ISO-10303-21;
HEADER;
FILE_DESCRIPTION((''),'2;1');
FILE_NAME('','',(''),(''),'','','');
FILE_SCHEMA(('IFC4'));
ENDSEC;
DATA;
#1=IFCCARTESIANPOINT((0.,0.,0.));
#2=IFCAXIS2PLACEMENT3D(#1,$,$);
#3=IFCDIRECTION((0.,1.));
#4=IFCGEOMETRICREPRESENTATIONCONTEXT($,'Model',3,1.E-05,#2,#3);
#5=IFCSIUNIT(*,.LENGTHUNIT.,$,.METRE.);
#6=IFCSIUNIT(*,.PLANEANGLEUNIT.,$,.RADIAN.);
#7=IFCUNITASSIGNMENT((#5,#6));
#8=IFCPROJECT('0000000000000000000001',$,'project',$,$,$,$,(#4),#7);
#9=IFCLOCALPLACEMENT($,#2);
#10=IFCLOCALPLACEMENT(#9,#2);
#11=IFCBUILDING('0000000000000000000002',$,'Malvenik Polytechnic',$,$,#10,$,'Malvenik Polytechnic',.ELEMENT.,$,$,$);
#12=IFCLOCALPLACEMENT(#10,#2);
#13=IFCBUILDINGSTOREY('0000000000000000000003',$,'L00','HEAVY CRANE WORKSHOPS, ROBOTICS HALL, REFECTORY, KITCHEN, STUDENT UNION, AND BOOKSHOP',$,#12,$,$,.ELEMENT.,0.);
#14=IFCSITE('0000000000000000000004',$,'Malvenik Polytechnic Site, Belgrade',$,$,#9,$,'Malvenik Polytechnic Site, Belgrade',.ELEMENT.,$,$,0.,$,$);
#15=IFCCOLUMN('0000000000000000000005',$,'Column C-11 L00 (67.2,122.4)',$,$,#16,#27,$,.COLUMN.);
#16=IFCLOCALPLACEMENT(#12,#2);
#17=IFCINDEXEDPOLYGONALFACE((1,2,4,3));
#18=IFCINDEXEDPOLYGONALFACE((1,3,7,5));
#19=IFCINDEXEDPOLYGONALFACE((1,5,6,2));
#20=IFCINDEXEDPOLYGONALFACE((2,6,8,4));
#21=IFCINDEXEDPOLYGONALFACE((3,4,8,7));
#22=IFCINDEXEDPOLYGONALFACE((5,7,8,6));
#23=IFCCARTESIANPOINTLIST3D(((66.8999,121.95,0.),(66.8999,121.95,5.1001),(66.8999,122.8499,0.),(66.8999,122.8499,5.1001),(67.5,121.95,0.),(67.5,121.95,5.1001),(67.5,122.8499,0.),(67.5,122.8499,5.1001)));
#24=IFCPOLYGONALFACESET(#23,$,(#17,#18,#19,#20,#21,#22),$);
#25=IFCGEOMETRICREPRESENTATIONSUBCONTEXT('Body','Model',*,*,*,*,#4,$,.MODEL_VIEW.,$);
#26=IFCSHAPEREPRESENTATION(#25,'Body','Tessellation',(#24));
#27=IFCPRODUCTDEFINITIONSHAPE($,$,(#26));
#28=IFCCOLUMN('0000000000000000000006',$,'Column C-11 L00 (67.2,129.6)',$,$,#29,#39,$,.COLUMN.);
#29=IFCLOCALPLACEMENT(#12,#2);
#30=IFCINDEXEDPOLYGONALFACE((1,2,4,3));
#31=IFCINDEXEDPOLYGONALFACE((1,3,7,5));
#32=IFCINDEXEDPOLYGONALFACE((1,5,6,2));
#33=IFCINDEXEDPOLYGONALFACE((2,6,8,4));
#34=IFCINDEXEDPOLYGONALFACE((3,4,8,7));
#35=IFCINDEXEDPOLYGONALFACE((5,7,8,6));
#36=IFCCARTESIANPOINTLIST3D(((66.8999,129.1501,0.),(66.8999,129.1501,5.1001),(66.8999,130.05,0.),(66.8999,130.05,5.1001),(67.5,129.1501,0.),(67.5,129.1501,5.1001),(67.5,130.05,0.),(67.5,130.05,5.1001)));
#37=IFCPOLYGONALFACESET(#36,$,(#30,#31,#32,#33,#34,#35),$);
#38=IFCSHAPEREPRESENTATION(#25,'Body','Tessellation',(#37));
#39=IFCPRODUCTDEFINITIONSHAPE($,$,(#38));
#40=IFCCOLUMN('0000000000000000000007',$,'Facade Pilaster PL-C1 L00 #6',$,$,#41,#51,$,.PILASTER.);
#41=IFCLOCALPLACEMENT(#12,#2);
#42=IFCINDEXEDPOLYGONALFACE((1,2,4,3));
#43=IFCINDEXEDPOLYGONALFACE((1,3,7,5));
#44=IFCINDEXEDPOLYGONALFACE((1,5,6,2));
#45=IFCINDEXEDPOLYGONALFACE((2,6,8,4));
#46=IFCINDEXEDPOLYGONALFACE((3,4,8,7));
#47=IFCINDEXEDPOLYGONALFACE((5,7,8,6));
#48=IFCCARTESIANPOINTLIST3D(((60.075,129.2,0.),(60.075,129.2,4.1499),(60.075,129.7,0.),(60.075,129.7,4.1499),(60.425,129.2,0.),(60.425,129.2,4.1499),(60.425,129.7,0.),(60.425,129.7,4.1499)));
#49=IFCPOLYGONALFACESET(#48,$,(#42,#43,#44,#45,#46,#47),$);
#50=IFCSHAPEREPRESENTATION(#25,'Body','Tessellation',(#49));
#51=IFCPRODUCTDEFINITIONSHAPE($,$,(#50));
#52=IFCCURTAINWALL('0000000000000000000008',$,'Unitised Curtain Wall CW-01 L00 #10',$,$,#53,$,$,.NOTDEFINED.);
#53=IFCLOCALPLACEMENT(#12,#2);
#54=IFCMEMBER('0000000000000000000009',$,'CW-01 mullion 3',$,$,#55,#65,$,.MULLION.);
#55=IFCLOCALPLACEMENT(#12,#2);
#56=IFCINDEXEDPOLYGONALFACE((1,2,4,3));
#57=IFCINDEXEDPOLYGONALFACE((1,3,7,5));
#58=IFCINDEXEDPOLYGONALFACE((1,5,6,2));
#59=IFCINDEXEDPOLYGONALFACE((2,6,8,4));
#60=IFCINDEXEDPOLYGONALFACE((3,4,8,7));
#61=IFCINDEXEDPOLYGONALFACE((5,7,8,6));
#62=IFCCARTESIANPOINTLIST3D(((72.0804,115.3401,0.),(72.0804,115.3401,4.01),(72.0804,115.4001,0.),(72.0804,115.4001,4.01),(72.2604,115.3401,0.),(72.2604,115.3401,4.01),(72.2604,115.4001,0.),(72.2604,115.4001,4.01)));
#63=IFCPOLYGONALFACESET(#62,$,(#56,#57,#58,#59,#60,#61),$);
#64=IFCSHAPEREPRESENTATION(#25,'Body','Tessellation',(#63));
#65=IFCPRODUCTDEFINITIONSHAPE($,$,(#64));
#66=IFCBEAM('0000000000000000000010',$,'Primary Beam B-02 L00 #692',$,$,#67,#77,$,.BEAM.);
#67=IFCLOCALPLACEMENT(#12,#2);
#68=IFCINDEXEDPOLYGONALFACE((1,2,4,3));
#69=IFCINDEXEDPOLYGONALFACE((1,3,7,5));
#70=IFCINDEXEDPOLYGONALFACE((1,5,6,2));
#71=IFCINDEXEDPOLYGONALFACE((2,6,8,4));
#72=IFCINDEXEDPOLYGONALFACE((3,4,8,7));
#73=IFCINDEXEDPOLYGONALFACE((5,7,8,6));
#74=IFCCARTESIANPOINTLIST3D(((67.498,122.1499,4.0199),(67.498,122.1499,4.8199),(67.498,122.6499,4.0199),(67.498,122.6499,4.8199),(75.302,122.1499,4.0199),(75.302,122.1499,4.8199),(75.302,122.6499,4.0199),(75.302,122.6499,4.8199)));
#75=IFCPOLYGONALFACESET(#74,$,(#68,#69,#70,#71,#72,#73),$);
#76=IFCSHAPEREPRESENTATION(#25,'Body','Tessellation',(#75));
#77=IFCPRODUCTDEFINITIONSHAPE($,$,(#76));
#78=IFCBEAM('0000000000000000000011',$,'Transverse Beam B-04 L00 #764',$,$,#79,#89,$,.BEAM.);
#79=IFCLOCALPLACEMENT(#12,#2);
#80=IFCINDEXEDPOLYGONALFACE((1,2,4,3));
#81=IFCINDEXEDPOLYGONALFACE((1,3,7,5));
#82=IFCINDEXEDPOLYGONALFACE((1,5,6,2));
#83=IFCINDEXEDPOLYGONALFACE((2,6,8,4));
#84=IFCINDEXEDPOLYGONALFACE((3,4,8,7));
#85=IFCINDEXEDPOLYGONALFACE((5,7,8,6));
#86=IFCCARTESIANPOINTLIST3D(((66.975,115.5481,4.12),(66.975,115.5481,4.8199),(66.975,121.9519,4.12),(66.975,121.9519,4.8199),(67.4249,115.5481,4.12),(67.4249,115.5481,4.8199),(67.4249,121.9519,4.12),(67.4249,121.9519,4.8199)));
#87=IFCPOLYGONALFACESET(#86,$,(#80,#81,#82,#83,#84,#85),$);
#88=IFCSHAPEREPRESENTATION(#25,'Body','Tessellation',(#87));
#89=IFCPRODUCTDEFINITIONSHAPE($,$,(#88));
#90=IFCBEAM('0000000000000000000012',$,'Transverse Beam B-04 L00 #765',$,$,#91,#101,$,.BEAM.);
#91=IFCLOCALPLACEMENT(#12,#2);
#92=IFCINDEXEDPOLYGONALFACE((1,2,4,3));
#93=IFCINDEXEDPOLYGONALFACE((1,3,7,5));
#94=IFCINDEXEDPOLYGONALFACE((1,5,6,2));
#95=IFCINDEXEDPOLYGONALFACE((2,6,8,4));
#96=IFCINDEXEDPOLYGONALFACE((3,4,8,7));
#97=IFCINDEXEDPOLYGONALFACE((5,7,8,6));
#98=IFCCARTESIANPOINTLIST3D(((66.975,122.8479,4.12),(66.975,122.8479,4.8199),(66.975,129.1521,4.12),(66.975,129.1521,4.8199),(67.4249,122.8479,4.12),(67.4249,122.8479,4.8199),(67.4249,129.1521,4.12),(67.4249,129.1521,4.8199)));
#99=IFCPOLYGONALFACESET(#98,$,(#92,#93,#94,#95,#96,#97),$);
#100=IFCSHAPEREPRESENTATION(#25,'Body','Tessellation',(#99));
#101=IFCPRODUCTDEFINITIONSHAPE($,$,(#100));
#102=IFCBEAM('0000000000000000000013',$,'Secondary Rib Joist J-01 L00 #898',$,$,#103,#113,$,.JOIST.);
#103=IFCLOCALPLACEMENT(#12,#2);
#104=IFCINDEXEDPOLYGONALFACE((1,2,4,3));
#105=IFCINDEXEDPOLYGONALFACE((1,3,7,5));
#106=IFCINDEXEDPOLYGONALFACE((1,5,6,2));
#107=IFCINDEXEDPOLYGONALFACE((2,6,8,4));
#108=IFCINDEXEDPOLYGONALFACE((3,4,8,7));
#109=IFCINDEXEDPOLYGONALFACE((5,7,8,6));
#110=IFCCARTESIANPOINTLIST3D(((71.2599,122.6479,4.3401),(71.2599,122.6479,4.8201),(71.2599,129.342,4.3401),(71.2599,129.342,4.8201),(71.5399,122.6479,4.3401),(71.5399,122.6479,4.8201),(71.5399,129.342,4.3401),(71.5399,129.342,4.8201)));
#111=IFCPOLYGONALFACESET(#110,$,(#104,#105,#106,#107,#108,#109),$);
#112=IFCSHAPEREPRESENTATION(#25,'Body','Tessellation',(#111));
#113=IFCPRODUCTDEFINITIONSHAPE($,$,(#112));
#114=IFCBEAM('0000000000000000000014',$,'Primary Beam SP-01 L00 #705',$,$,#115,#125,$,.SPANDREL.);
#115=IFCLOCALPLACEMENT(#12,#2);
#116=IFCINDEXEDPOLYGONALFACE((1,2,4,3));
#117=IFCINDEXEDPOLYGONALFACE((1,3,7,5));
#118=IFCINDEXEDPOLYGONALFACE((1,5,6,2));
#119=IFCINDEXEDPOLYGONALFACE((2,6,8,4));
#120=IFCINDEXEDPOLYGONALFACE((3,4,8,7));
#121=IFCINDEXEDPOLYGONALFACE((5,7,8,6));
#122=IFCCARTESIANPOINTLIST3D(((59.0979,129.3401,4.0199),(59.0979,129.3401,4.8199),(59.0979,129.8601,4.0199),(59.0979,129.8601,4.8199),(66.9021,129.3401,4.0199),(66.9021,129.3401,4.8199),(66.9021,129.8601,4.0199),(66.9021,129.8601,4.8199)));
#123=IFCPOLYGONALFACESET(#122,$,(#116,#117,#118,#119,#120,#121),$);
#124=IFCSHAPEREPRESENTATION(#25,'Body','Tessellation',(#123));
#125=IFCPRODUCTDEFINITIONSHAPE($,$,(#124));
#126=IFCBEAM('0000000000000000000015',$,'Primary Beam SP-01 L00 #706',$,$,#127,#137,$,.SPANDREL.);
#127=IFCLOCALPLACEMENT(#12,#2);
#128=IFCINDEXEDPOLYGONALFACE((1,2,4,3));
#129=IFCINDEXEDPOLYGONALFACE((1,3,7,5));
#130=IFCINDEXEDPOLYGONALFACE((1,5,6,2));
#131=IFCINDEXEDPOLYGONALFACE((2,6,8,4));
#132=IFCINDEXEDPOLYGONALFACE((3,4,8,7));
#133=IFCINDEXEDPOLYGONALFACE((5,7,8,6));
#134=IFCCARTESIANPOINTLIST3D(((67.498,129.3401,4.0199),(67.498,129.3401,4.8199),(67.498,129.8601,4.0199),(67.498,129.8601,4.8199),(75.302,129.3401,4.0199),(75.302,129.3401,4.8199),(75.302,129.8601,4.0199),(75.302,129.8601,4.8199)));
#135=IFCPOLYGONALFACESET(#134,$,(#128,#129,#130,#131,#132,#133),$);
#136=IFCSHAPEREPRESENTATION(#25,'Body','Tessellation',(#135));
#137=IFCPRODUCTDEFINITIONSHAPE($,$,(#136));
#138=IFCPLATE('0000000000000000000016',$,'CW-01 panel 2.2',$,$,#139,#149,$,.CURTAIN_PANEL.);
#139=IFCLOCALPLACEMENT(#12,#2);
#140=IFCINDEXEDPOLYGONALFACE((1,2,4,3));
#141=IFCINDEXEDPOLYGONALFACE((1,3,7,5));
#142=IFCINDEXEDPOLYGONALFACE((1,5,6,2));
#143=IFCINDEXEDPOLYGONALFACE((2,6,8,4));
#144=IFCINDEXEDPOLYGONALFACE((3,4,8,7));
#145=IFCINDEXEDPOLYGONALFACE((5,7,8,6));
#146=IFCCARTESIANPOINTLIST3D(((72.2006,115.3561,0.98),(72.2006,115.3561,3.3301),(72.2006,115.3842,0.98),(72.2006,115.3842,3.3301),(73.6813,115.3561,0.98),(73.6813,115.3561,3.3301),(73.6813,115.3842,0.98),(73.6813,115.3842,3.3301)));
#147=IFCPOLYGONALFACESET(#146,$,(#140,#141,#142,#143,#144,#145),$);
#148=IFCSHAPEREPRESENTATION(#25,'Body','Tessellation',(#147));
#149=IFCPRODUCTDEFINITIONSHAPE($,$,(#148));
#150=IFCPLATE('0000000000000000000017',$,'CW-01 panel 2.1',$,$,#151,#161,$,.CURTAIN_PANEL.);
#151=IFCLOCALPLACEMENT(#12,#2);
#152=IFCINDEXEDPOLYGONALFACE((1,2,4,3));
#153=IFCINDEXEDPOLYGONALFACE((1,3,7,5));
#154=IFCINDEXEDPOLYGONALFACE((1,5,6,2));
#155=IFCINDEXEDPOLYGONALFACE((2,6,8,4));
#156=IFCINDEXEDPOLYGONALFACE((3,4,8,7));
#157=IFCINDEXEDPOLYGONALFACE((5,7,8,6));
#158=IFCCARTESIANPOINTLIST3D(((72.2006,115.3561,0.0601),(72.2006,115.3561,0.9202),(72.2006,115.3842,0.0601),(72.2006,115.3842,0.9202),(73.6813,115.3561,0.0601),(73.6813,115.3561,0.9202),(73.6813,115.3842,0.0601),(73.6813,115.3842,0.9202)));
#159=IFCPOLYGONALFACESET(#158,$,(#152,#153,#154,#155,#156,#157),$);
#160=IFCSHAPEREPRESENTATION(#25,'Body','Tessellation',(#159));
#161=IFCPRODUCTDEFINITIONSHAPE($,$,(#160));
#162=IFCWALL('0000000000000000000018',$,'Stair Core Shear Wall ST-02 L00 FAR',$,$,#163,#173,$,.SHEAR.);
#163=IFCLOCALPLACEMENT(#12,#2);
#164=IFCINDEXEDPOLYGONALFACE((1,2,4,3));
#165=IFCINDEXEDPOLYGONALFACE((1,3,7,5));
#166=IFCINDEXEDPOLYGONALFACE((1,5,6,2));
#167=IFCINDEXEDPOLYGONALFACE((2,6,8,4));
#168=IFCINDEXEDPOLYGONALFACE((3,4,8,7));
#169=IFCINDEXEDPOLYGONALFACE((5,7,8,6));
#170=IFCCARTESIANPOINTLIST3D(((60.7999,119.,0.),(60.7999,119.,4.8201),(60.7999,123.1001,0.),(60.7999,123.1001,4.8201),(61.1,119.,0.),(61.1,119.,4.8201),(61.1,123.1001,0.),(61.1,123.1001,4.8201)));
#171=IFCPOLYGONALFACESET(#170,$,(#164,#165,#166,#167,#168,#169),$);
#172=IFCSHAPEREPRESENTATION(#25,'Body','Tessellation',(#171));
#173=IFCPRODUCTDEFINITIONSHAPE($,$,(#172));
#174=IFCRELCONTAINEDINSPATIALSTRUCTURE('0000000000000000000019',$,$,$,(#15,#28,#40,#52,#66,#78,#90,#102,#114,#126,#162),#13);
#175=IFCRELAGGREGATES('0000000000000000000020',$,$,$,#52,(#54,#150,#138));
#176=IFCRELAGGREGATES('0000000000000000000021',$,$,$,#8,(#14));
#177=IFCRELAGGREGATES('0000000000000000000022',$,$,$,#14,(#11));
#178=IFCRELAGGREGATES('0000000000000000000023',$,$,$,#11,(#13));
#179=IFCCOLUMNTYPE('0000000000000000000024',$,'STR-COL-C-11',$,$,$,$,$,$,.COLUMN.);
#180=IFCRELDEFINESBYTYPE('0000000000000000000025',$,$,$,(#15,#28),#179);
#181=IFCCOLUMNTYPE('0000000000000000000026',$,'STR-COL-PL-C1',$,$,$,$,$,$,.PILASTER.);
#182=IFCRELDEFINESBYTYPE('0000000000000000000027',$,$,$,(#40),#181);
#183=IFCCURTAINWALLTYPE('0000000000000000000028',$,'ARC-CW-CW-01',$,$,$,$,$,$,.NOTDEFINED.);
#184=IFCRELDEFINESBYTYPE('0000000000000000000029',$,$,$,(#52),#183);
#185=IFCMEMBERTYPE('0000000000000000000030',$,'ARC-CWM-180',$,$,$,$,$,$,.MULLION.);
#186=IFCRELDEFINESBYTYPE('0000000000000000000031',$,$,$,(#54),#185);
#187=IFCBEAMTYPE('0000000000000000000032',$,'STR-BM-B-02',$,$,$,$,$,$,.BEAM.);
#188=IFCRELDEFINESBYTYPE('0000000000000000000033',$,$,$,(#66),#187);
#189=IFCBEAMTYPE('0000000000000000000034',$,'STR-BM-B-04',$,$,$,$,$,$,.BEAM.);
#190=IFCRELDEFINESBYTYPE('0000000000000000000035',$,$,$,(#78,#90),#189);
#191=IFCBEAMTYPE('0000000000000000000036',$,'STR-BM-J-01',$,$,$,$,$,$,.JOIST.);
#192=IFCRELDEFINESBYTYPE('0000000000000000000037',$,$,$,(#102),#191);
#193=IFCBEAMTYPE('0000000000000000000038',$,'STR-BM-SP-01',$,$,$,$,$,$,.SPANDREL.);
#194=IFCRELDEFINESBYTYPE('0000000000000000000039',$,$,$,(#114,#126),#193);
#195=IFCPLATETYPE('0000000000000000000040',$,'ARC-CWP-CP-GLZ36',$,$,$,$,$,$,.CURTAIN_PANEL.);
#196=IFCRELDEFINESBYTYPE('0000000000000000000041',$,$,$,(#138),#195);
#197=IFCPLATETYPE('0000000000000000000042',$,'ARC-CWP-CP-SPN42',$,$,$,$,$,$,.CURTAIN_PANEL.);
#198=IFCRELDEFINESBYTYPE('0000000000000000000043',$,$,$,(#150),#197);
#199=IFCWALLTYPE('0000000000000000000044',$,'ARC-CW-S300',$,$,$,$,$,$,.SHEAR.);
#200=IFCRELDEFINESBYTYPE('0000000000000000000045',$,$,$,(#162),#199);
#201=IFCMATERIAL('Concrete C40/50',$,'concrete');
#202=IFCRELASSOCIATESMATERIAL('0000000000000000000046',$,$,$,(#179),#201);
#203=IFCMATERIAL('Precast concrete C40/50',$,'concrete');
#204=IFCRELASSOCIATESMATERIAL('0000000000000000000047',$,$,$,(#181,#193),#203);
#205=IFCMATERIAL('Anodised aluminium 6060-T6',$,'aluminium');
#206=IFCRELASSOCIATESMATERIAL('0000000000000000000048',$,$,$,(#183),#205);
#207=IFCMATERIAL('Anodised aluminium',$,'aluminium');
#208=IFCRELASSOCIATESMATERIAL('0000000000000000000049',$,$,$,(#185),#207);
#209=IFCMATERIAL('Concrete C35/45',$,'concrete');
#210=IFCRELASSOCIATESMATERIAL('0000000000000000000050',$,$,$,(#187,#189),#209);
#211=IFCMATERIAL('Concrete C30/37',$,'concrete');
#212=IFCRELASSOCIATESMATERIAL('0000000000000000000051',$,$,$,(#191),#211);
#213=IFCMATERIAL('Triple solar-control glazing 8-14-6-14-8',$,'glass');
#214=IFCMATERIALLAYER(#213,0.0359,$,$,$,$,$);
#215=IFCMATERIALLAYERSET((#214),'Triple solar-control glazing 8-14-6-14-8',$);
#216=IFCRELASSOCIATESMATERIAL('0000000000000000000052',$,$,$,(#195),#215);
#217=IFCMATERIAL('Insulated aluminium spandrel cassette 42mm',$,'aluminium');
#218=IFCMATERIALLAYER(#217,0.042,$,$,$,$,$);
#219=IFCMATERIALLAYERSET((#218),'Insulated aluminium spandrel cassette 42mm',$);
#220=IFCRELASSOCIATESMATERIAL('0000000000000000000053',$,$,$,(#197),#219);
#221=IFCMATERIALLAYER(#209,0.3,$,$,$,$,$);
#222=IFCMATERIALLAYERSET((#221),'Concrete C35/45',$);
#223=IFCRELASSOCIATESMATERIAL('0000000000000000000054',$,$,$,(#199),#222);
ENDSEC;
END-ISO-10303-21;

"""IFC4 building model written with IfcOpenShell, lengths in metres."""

from ifc_helpers import new_model, si_unit, direction, frame, frame_2d, origin, origin_2d, place, context, subcontext, project, spatial, rectangle, extrude, material, layer, layer_set, material_profile, profile_set, type_object, element, aggregate, save


model = new_model("IFC4")

# Units and contexts
model_context = context("Model", 3, precision=1e-05, world=origin(), true_north=direction((0.0, 1.0)))
body_context = subcontext(model_context, "Body", "Model", "MODEL_VIEW")
ifc_project = project(units=[si_unit("LENGTHUNIT", "METRE"), si_unit("PLANEANGLEUNIT", "RADIAN")], contexts=[model_context])

# Site, building, storey
site_placement = place(None, origin())
site = spatial("IfcSite", under=ifc_project, at=site_placement, Name="Malvenik Polytechnic Site, Belgrade", LongName="Malvenik Polytechnic Site, Belgrade", CompositionType="ELEMENT", RefElevation=0.0)
building_placement = place(site_placement, origin())
building = spatial("IfcBuilding", under=site, at=building_placement, Name="Malvenik Polytechnic", LongName="Malvenik Polytechnic", CompositionType="ELEMENT")
storey_placement = place(building_placement, origin())
storey = spatial("IfcBuildingStorey", under=building, at=storey_placement, Name="L00", Description="HEAVY CRANE WORKSHOPS, ROBOTICS HALL, REFECTORY, KITCHEN, STUDENT UNION, AND BOOKSHOP", CompositionType="ELEMENT", Elevation=0.0)

# Columns
ifc_material_1 = material(Name="Concrete C40/50", Category="concrete")
ifc_material_profile_1 = material_profile(ifc_material_1, rectangle(XDim=0.6001, YDim=0.8999, at=origin_2d()), Name="RC COL 900x600")
ifc_profile_set_1 = profile_set([ifc_material_profile_1], Name="Concrete C40/50")
column_type_1 = type_object("IfcColumnType", Name="STR-COL-C-11", PredefinedType="COLUMN", material=ifc_profile_set_1)
for number, where, z_axis, x_axis, name in (
    (1, (67.2, 122.3999, 0.0), (0.0, 0.0, 1.0), (1.0, 0.0, 0.0), "Column C-11 L00 (67.2,122.4)"),
    (2, (67.2, 129.6001, 0.0), (0.0, 0.0, 1.0), (1.0, 0.0, 0.0), "Column C-11 L00 (67.2,129.6)"),
):
    element("IfcColumn", number, at=place(storey_placement, frame(where, z_axis=z_axis, x_axis=x_axis)), inside=storey, type_object=column_type_1, Name=name, PredefinedType="COLUMN", context=body_context, shape_type="SweptSolid", body=[
        extrude(rectangle(XDim=0.6001, YDim=0.8999, at=origin_2d()), origin(), (0.0, 0.0, 1.0), 5.1001),
    ])
ifc_material_2 = material(Name="Precast concrete C40/50", Category="concrete")
ifc_material_profile_2 = material_profile(ifc_material_2, rectangle(XDim=0.3501, YDim=0.5, at=origin_2d()), Name="RC PIL 500x350")
ifc_profile_set_2 = profile_set([ifc_material_profile_2], Name="Precast concrete C40/50")
column_type_2 = type_object("IfcColumnType", Name="STR-COL-PL-C1", PredefinedType="PILASTER", material=ifc_profile_set_2)
column_placement = place(storey_placement, frame((60.25, 129.45, 0.0), z_axis=(0.0, 0.0, 1.0), x_axis=(1.0, 0.0, 0.0)))
element("IfcColumn", 3, at=column_placement, inside=storey, type_object=column_type_2, Name="Facade Pilaster PL-C1 L00 #6", PredefinedType="PILASTER", context=body_context, shape_type="SweptSolid", body=[
    extrude(rectangle(XDim=0.3501, YDim=0.5, at=origin_2d()), origin(), (0.0, 0.0, 1.0), 4.1499),
])

# Curtain wall, member
ifc_material_3 = material(Name="Anodised aluminium 6060-T6", Category="aluminium")
curtain_wall_type = type_object("IfcCurtainWallType", Name="ARC-CW-CW-01", PredefinedType="NOTDEFINED", material=ifc_material_3)
curtain_wall_placement = place(storey_placement, origin())
curtain_wall = element("IfcCurtainWall", 4, at=curtain_wall_placement, inside=storey, type_object=curtain_wall_type, Name="Unitised Curtain Wall CW-01 L00 #10", PredefinedType="NOTDEFINED")
ifc_material_4 = material(Name="Anodised aluminium", Category="aluminium")
ifc_material_profile_3 = material_profile(ifc_material_4, rectangle(XDim=0.0601, YDim=0.1799, at=origin_2d()), Name="ALU MULLION 60x180")
ifc_profile_set_3 = profile_set([ifc_material_profile_3], Name="Anodised aluminium")
member_type = type_object("IfcMemberType", Name="ARC-CWM-180", PredefinedType="MULLION", material=ifc_profile_set_3)
member_placement = place(storey_placement, frame((72.1704, 115.3701, 0.0), z_axis=(0.0, 0.0, 1.0), x_axis=(0.0, -1.0, 0.0)))
member = element("IfcMember", 5, at=member_placement, type_object=member_type, Name="CW-01 mullion 3", PredefinedType="MULLION", context=body_context, shape_type="SweptSolid", body=[
    extrude(rectangle(XDim=0.0601, YDim=0.1799, at=origin_2d()), origin(), (0.0, 0.0, 1.0), 4.01),
])

# Beams
ifc_material_5 = material(Name="Concrete C35/45", Category="concrete")
ifc_material_profile_4 = material_profile(ifc_material_5, rectangle(XDim=0.5, YDim=0.8, at=origin_2d()), Name="RC BM 500x800")
ifc_profile_set_4 = profile_set([ifc_material_profile_4], Name="Concrete C35/45")
beam_type_1 = type_object("IfcBeamType", Name="STR-BM-B-02", PredefinedType="BEAM", material=ifc_profile_set_4)
beam_1_placement = place(storey_placement, frame((67.498, 122.3999, 4.4199), z_axis=(1.0, 0.0, 0.0), x_axis=(0.0, 1.0, 0.0)))
element("IfcBeam", 6, at=beam_1_placement, inside=storey, type_object=beam_type_1, Name="Primary Beam B-02 L00 #692", PredefinedType="BEAM", context=body_context, shape_type="SweptSolid", body=[
    extrude(rectangle(XDim=0.5, YDim=0.8, at=origin_2d()), origin(), (0.0, 0.0, 1.0), 7.804),
])
ifc_material_profile_5 = material_profile(ifc_material_5, rectangle(XDim=0.45, YDim=0.7, at=origin_2d()), Name="RC BM 450x700")
ifc_profile_set_5 = profile_set([ifc_material_profile_5], Name="Concrete C35/45")
beam_type_2 = type_object("IfcBeamType", Name="STR-BM-B-04", PredefinedType="BEAM", material=ifc_profile_set_5)
beam_2_placement = place(storey_placement, frame((67.2, 115.5481, 4.47), z_axis=(0.0, 1.0, 0.0), x_axis=(-1.0, 0.0, 0.0)))
element("IfcBeam", 7, at=beam_2_placement, inside=storey, type_object=beam_type_2, Name="Transverse Beam B-04 L00 #764", PredefinedType="BEAM", context=body_context, shape_type="SweptSolid", body=[
    extrude(rectangle(XDim=0.45, YDim=0.7, at=origin_2d()), origin(), (0.0, 0.0, 1.0), 6.4038),
])
beam_3_placement = place(storey_placement, frame((67.2, 122.8479, 4.47), z_axis=(0.0, 1.0, 0.0), x_axis=(-1.0, 0.0, 0.0)))
element("IfcBeam", 8, at=beam_3_placement, inside=storey, type_object=beam_type_2, Name="Transverse Beam B-04 L00 #765", PredefinedType="BEAM", context=body_context, shape_type="SweptSolid", body=[
    extrude(rectangle(XDim=0.45, YDim=0.7, at=origin_2d()), origin(), (0.0, 0.0, 1.0), 6.3042),
])
ifc_material_6 = material(Name="Concrete C30/37", Category="concrete")
ifc_material_profile_6 = material_profile(ifc_material_6, rectangle(XDim=0.28, YDim=0.48, at=origin_2d()), Name="RC JST 280x480")
ifc_profile_set_6 = profile_set([ifc_material_profile_6], Name="Concrete C30/37")
beam_type_3 = type_object("IfcBeamType", Name="STR-BM-J-01", PredefinedType="JOIST", material=ifc_profile_set_6)
beam_4_placement = place(storey_placement, frame((71.3999, 122.6479, 4.5801), z_axis=(0.0, 1.0, 0.0), x_axis=(-1.0, 0.0, 0.0)))
element("IfcBeam", 9, at=beam_4_placement, inside=storey, type_object=beam_type_3, Name="Secondary Rib Joist J-01 L00 #898", PredefinedType="JOIST", context=body_context, shape_type="SweptSolid", body=[
    extrude(rectangle(XDim=0.28, YDim=0.48, at=origin_2d()), origin(), (0.0, 0.0, 1.0), 6.6941),
])
ifc_material_profile_7 = material_profile(ifc_material_2, rectangle(XDim=0.52, YDim=0.8, at=origin_2d()), Name="PC SPN 520x800")
ifc_profile_set_7 = profile_set([ifc_material_profile_7], Name="Precast concrete C40/50")
beam_type_4 = type_object("IfcBeamType", Name="STR-BM-SP-01", PredefinedType="SPANDREL", material=ifc_profile_set_7)
beam_5_placement = place(storey_placement, frame((59.0979, 129.6001, 4.4199), z_axis=(1.0, 0.0, 0.0), x_axis=(0.0, 1.0, 0.0)))
element("IfcBeam", 10, at=beam_5_placement, inside=storey, type_object=beam_type_4, Name="Primary Beam SP-01 L00 #705", PredefinedType="SPANDREL", context=body_context, shape_type="SweptSolid", body=[
    extrude(rectangle(XDim=0.52, YDim=0.8, at=origin_2d()), origin(), (0.0, 0.0, 1.0), 7.8042),
])
beam_6_placement = place(storey_placement, frame((67.498, 129.6001, 4.4199), z_axis=(1.0, 0.0, 0.0), x_axis=(0.0, 1.0, 0.0)))
element("IfcBeam", 11, at=beam_6_placement, inside=storey, type_object=beam_type_4, Name="Primary Beam SP-01 L00 #706", PredefinedType="SPANDREL", context=body_context, shape_type="SweptSolid", body=[
    extrude(rectangle(XDim=0.52, YDim=0.8, at=origin_2d()), origin(), (0.0, 0.0, 1.0), 7.804),
])

# Plates
ifc_material_7 = material(Name="Triple solar-control glazing 8-14-6-14-8", Category="glass")
ifc_layer_1 = layer(ifc_material_7, 0.0359)
ifc_layer_set_1 = layer_set([ifc_layer_1], Name="Triple solar-control glazing 8-14-6-14-8")
plate_type_1 = type_object("IfcPlateType", Name="ARC-CWP-CP-GLZ36", PredefinedType="CURTAIN_PANEL", material=ifc_layer_set_1)
plate_1_placement = place(storey_placement, frame((72.9409, 115.3701, 0.98), z_axis=(0.0, 0.0, 1.0), x_axis=(-1.0, 0.0, 0.0)))
plate_1 = element("IfcPlate", 12, at=plate_1_placement, type_object=plate_type_1, Name="CW-01 panel 2.2", PredefinedType="CURTAIN_PANEL", context=body_context, shape_type="SweptSolid", body=[
    extrude(rectangle(XDim=1.4807, YDim=0.0281, at=origin_2d()), origin(), (0.0, 0.0, 1.0), 2.3501),
])
ifc_material_8 = material(Name="Insulated aluminium spandrel cassette 42mm", Category="aluminium")
ifc_layer_2 = layer(ifc_material_8, 0.042)
ifc_layer_set_2 = layer_set([ifc_layer_2], Name="Insulated aluminium spandrel cassette 42mm")
plate_type_2 = type_object("IfcPlateType", Name="ARC-CWP-CP-SPN42", PredefinedType="CURTAIN_PANEL", material=ifc_layer_set_2)
plate_2_placement = place(storey_placement, frame((72.9409, 115.3701, 0.0601), z_axis=(0.0, 0.0, 1.0), x_axis=(-1.0, 0.0, 0.0)))
plate_2 = element("IfcPlate", 13, at=plate_2_placement, type_object=plate_type_2, Name="CW-01 panel 2.1", PredefinedType="CURTAIN_PANEL", context=body_context, shape_type="SweptSolid", body=[
    extrude(rectangle(XDim=1.4807, YDim=0.0281, at=origin_2d()), origin(), (0.0, 0.0, 1.0), 0.8601),
])
aggregate(curtain_wall, [member, plate_2, plate_1])

# Wall
ifc_layer_3 = layer(ifc_material_5, 0.3)
ifc_layer_set_3 = layer_set([ifc_layer_3], Name="Concrete C35/45")
wall_type_1 = type_object("IfcWallType", Name="ARC-CW-S300", PredefinedType="SHEAR", material=ifc_layer_set_3)
wall_1_placement = place(storey_placement, frame((60.95, 123.1001, 0.0), z_axis=(0.0, 0.0, 1.0), x_axis=(0.0, -1.0, 0.0)))
element("IfcWall", 14, at=wall_1_placement, inside=storey, type_object=wall_type_1, Name="Stair Core Shear Wall ST-02 L00 FAR", PredefinedType="SHEAR", context=body_context, shape_type="SweptSolid", body=[
    extrude(rectangle(XDim=4.1001, YDim=0.3, at=frame_2d((2.05, 0.0))), origin(), (0.0, 0.0, 1.0), 4.8201),
])

save(model, "model.ifc")
